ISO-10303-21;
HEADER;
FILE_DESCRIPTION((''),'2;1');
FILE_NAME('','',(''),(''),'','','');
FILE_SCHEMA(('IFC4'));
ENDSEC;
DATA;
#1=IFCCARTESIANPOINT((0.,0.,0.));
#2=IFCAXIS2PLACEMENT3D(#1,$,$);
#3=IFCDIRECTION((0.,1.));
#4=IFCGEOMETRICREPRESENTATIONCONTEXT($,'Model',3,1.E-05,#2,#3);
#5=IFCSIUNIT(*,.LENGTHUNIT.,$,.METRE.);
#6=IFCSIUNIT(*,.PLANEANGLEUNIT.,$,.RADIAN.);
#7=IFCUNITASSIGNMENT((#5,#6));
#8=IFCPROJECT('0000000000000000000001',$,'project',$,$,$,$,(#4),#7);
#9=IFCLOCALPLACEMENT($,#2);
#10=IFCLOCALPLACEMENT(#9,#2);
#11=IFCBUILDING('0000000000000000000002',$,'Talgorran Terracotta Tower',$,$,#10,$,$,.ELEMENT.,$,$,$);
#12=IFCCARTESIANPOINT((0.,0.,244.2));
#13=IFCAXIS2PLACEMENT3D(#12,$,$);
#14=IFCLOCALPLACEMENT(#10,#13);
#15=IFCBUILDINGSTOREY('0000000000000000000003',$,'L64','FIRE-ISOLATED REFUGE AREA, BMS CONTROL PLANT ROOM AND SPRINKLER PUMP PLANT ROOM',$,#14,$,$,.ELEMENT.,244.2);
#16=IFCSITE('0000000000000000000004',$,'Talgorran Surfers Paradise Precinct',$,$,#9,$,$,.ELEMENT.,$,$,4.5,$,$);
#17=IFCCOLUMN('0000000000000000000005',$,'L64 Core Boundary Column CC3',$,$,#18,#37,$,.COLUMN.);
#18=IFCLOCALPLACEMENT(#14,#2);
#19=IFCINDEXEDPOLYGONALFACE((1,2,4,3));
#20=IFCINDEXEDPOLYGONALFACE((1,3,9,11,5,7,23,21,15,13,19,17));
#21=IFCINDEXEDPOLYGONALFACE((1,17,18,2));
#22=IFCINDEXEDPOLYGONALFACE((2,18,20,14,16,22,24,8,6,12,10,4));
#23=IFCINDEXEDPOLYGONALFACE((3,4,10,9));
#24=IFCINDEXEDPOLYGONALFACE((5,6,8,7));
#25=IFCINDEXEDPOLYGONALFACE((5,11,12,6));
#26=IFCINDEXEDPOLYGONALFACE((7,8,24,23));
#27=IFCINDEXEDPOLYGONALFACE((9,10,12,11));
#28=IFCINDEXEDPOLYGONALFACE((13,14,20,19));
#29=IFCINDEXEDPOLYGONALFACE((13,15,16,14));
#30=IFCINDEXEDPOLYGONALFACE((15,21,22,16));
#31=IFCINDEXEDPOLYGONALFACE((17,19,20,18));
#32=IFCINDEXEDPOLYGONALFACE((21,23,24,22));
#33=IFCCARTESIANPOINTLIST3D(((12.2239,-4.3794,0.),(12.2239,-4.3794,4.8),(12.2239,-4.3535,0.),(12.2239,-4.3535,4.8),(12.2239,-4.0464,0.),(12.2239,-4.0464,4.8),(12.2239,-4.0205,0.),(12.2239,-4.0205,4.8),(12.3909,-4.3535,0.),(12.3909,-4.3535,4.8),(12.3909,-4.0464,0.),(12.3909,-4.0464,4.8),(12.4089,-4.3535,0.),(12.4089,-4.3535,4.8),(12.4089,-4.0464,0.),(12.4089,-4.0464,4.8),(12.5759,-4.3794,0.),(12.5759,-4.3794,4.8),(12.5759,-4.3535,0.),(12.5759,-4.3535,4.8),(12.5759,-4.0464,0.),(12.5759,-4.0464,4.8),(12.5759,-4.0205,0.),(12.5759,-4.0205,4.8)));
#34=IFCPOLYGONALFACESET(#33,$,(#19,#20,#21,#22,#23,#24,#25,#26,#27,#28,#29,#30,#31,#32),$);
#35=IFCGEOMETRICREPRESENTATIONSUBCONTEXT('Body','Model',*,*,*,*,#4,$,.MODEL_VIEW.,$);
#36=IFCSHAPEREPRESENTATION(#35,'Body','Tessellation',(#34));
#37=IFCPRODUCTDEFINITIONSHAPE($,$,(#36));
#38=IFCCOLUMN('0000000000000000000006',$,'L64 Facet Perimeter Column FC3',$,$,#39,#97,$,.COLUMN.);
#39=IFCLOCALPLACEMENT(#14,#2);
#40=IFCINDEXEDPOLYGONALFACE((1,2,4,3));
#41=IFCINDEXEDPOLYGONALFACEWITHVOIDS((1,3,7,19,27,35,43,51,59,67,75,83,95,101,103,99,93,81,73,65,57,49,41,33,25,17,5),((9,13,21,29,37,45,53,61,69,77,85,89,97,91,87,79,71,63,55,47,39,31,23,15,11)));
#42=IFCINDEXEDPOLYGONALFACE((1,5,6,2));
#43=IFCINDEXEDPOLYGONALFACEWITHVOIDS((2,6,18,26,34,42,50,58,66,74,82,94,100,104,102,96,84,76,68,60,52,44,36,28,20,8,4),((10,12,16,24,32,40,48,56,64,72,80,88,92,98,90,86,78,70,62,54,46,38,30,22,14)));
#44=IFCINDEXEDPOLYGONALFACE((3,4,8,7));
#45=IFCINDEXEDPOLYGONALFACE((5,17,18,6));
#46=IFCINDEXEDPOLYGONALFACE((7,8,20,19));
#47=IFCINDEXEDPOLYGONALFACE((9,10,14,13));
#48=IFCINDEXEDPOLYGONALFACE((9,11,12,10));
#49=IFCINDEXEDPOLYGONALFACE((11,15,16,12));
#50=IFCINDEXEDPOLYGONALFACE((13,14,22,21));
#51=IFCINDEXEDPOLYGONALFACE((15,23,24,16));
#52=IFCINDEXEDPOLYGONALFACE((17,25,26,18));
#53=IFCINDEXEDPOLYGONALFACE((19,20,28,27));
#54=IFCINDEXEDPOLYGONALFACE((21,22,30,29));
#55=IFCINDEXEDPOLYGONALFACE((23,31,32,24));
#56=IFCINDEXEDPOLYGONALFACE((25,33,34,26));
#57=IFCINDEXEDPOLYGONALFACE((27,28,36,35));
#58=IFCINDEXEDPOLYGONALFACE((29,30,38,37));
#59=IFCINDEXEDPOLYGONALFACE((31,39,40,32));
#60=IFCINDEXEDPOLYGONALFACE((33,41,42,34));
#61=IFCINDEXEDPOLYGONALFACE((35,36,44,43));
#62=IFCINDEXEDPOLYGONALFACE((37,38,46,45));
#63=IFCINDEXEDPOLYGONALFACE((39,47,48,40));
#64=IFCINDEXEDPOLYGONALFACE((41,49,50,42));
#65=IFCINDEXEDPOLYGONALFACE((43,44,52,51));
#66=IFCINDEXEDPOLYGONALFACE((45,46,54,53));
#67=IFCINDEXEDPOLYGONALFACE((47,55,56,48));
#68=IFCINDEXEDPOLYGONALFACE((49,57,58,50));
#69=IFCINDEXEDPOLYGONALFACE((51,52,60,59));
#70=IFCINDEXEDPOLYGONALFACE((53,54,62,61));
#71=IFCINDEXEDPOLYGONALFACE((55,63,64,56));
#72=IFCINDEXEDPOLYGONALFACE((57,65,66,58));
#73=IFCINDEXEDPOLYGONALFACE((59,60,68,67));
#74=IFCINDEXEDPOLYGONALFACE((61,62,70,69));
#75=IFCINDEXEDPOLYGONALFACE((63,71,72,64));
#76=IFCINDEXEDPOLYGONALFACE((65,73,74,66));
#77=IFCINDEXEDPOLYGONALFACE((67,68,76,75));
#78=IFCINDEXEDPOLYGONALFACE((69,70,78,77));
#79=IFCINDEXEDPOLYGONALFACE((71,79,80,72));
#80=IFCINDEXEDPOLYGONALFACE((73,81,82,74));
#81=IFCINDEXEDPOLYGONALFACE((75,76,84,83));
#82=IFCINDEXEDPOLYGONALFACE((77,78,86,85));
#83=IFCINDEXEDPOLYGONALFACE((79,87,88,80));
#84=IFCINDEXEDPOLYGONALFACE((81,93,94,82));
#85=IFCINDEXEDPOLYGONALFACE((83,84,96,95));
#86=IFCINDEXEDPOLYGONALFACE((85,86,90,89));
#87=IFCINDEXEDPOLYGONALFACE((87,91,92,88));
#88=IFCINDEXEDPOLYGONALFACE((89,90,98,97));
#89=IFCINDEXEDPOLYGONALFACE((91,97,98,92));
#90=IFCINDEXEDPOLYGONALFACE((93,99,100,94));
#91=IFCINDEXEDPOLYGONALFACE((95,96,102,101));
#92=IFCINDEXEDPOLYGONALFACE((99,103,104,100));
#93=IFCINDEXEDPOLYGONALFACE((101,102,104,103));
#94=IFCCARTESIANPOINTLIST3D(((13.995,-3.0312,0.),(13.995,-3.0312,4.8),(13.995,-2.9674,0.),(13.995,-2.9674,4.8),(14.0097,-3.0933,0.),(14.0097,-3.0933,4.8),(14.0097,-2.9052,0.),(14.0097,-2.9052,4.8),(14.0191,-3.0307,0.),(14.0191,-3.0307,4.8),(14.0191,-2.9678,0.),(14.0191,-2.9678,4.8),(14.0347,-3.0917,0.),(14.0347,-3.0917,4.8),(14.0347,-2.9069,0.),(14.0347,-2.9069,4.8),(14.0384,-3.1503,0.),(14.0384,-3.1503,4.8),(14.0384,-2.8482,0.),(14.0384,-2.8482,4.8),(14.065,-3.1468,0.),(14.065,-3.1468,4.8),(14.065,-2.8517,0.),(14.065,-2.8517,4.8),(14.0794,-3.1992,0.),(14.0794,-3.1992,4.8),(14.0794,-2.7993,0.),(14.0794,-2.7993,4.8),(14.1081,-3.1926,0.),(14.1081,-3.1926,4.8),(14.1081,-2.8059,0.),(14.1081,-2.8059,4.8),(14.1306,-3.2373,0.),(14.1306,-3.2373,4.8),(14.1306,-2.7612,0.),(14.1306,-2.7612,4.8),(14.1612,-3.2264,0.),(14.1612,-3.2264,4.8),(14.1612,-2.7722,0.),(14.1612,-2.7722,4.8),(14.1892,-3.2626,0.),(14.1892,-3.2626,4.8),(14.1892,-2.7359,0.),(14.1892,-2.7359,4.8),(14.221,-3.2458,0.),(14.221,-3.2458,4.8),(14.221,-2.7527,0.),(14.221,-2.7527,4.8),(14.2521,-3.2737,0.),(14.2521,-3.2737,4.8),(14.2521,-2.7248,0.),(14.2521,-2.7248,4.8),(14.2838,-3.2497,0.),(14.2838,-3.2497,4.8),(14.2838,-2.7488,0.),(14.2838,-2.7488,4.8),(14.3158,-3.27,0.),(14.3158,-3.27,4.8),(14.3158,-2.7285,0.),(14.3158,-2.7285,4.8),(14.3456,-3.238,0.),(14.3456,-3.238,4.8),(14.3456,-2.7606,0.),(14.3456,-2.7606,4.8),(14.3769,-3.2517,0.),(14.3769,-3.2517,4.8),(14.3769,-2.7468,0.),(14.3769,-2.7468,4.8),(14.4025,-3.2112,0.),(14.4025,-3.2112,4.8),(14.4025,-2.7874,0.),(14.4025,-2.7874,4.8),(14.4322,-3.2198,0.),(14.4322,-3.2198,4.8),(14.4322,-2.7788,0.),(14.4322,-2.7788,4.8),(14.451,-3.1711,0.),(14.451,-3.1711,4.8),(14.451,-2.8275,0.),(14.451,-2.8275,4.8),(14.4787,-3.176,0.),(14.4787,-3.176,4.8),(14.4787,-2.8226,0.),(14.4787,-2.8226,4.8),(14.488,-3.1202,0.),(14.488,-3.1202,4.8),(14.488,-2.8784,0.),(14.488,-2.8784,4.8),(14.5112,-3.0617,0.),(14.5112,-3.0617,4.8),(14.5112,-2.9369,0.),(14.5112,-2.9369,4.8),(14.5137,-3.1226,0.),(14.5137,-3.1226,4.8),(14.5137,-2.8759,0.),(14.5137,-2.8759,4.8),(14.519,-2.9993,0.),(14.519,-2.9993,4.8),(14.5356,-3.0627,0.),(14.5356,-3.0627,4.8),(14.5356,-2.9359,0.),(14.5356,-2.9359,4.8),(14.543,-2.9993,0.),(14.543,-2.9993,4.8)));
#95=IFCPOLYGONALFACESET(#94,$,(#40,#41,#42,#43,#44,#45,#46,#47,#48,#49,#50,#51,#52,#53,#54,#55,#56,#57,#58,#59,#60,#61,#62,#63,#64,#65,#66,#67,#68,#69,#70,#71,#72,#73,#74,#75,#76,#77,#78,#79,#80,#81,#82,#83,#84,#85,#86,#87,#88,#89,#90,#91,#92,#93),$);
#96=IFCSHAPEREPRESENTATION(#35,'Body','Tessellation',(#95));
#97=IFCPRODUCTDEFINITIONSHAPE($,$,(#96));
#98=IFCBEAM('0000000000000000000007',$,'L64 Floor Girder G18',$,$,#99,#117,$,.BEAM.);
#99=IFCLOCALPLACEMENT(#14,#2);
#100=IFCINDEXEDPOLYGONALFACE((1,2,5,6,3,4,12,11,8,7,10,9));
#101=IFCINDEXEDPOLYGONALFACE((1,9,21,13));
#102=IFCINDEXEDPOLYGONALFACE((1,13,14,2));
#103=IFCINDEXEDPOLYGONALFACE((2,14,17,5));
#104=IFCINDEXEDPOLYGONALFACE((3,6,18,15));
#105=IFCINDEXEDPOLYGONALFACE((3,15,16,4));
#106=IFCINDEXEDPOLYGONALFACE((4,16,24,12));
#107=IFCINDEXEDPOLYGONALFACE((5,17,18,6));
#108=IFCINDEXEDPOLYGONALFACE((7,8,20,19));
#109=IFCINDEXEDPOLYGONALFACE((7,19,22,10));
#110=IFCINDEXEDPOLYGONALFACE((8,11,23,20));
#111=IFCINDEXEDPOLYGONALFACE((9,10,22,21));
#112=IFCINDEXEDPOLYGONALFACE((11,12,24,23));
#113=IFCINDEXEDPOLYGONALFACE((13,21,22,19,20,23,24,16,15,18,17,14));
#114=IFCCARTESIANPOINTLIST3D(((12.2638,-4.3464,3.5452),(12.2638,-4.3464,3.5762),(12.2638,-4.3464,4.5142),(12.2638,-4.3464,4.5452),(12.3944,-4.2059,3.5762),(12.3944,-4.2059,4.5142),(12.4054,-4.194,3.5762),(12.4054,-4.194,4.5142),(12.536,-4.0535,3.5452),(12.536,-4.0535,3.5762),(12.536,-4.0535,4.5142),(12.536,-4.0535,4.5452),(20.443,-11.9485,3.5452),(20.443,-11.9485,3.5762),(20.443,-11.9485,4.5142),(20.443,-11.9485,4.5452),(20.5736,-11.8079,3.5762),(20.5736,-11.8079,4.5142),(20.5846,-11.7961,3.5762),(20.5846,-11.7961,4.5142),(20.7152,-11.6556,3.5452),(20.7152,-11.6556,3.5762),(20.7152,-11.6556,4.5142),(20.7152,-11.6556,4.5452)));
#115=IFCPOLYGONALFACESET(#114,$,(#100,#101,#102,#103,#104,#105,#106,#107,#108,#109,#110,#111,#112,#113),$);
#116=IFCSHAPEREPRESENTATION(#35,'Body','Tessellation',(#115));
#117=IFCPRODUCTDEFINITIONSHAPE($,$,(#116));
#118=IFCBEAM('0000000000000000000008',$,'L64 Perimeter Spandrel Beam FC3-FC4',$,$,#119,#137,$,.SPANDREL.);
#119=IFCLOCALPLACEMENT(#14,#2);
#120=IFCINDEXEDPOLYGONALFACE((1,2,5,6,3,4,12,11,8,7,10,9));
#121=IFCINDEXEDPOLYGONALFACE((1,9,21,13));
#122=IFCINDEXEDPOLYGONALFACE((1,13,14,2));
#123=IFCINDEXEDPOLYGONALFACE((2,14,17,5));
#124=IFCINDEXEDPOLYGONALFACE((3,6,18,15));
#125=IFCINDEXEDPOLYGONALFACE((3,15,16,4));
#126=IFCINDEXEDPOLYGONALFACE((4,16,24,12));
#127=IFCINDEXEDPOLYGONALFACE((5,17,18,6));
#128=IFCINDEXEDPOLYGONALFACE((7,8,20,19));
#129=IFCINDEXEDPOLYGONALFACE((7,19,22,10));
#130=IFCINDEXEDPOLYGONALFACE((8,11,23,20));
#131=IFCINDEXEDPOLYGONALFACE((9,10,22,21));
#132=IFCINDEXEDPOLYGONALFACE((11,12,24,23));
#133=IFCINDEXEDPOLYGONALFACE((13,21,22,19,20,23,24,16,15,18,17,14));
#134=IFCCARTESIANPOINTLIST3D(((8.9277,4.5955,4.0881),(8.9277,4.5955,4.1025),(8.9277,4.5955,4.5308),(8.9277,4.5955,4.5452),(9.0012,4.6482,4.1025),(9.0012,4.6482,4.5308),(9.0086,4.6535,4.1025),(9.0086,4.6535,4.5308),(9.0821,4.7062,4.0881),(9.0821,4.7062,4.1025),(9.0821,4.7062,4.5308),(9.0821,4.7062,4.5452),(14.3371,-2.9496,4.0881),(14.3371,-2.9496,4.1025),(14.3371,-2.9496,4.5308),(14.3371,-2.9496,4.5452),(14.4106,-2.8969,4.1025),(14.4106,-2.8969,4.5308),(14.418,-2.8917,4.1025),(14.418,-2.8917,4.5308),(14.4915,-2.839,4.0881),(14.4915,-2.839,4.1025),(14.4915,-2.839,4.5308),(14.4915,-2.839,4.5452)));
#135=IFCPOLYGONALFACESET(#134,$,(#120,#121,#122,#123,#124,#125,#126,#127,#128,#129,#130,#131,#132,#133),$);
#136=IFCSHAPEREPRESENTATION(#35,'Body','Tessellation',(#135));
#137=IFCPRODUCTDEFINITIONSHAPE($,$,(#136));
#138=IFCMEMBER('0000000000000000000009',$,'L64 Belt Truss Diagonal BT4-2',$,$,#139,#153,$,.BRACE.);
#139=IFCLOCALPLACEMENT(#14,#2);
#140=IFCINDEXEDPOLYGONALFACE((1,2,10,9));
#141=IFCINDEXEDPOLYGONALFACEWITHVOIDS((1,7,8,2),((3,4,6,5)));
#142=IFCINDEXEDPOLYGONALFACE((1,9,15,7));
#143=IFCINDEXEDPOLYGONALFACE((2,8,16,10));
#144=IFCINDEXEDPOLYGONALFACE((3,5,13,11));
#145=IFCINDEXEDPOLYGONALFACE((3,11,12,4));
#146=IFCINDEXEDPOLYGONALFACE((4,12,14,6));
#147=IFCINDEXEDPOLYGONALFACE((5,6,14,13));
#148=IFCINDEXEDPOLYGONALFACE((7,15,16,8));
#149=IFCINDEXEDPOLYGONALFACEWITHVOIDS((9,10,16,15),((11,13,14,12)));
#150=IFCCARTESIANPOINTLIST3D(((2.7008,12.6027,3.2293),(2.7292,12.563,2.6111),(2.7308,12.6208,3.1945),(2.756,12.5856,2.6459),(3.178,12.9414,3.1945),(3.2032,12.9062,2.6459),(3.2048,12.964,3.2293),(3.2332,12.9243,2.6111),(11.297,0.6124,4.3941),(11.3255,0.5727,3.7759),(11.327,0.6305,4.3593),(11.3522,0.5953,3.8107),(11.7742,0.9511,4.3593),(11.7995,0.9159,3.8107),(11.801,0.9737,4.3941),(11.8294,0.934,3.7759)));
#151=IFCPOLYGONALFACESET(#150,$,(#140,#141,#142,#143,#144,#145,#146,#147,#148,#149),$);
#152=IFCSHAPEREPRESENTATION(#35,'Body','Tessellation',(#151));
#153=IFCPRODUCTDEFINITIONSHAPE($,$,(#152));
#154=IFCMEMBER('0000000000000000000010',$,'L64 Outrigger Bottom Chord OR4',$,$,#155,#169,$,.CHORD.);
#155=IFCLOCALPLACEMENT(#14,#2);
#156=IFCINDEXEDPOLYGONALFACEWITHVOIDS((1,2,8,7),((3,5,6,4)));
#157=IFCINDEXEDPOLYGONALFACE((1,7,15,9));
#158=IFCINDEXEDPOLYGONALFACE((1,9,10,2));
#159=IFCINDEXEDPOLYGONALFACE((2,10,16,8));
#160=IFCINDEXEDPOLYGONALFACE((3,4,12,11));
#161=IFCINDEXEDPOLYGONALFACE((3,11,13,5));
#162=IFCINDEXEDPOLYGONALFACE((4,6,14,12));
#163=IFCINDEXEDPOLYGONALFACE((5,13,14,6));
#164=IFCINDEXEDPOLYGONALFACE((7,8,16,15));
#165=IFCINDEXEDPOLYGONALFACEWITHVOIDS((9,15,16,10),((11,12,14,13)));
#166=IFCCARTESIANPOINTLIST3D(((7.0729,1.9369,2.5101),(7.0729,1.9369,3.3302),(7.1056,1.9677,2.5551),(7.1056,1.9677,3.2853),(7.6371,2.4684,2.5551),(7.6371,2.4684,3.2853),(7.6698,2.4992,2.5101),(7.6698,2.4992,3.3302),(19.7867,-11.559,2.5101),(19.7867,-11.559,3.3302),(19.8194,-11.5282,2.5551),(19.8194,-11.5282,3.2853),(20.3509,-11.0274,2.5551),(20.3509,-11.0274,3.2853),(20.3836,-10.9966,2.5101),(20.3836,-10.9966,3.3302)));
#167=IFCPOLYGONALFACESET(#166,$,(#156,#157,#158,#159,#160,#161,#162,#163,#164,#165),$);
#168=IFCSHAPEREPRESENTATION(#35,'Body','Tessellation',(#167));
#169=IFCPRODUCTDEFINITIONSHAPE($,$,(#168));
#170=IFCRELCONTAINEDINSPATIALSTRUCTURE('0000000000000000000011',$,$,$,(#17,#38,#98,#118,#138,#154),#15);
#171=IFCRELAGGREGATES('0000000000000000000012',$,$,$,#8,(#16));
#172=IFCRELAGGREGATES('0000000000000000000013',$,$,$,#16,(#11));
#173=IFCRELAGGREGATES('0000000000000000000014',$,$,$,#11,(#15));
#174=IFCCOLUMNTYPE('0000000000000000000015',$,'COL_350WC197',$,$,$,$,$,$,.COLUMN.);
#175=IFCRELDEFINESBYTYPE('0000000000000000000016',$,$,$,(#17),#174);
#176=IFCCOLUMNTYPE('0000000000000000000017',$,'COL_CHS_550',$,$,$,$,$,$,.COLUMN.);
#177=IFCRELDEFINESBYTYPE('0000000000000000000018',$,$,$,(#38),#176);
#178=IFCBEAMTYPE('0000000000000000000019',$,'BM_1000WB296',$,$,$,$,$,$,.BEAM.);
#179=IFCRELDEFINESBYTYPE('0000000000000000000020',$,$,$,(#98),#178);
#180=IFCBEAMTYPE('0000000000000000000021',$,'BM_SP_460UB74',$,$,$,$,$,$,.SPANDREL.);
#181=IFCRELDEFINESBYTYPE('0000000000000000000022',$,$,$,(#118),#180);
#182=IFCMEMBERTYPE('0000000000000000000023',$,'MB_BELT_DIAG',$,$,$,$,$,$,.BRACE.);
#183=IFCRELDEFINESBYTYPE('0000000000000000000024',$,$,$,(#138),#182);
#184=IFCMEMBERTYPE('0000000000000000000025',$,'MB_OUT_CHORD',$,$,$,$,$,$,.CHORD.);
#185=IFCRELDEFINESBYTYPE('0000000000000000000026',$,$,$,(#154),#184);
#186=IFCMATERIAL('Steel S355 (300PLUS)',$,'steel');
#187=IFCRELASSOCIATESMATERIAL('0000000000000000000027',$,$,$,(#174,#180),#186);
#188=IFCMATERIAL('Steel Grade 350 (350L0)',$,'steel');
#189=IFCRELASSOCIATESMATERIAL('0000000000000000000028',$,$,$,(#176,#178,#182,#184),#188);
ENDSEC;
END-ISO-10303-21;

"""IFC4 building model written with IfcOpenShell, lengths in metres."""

from ifc_helpers import new_model, si_unit, direction, frame, origin, origin_2d, place, context, subcontext, project, spatial, hollow_rectangle, hollow_circle, i_section, extrude, material, material_profile, profile_set, type_object, element, save


model = new_model("IFC4")

# Units and contexts
model_context = context("Model", 3, precision=1e-05, world=origin(), true_north=direction((0.0, 1.0)))
body_context = subcontext(model_context, "Body", "Model", "MODEL_VIEW")
ifc_project = project(units=[si_unit("LENGTHUNIT", "METRE"), si_unit("PLANEANGLEUNIT", "RADIAN")], contexts=[model_context])

# Site, building, storey
site_placement = place(None, origin())
site = spatial("IfcSite", under=ifc_project, at=site_placement, Name="Talgorran Surfers Paradise Precinct", CompositionType="ELEMENT", RefElevation=4.5)
building_placement = place(site_placement, origin())
building = spatial("IfcBuilding", under=site, at=building_placement, Name="Talgorran Terracotta Tower", CompositionType="ELEMENT")
storey_placement = place(building_placement, frame((0.0, 0.0, 244.2)))
storey = spatial("IfcBuildingStorey", under=building, at=storey_placement, Name="L64", Description="FIRE-ISOLATED REFUGE AREA, BMS CONTROL PLANT ROOM AND SPRINKLER PUMP PLANT ROOM", CompositionType="ELEMENT", Elevation=244.2)

# Columns
ifc_material_1 = material(Name="Steel S355 (300PLUS)", Category="steel")
ifc_material_profile_1 = material_profile(ifc_material_1, i_section(OverallWidth=0.3521, OverallDepth=0.3589, WebThickness=0.0181, FlangeThickness=0.0259, at=origin_2d()), Name="350WC197")
ifc_profile_set_1 = profile_set([ifc_material_profile_1], Name="Steel S355 (300PLUS)")
column_type_1 = type_object("IfcColumnType", Name="COL_350WC197", PredefinedType="COLUMN", material=ifc_profile_set_1)
column_1_placement = place(storey_placement, frame((12.3999, -4.2, 0.0), z_axis=(0.0, 0.0, 1.0), x_axis=(1.0, 0.0, 0.0)))
element("IfcColumn", 1, at=column_1_placement, inside=storey, type_object=column_type_1, Name="L64 Core Boundary Column CC3", PredefinedType="COLUMN", context=body_context, shape_type="SweptSolid", body=[
    extrude(i_section(OverallWidth=0.3521, OverallDepth=0.3589, WebThickness=0.0181, FlangeThickness=0.0259, at=origin_2d()), origin(), (0.0, 0.0, 1.0), 4.8),
])
ifc_material_2 = material(Name="Steel Grade 350 (350L0)", Category="steel")
ifc_material_profile_2 = material_profile(ifc_material_2, hollow_circle(Radius=0.2749, WallThickness=0.0239, at=origin_2d()), Name="CHS550X24")
ifc_profile_set_2 = profile_set([ifc_material_profile_2], Name="Steel Grade 350 (350L0)")
column_type_2 = type_object("IfcColumnType", Name="COL_CHS_550", PredefinedType="COLUMN", material=ifc_profile_set_2)
column_2_placement = place(storey_placement, frame((14.2681, -2.9993, 0.0), z_axis=(0.0, 0.0, 1.0), x_axis=(1.0, 0.0, 0.0)))
element("IfcColumn", 2, at=column_2_placement, inside=storey, type_object=column_type_2, Name="L64 Facet Perimeter Column FC3", PredefinedType="COLUMN", context=body_context, shape_type="SweptSolid", body=[
    extrude(hollow_circle(Radius=0.2749, WallThickness=0.0239, at=origin_2d()), origin(), (0.0, 0.0, 1.0), 4.8),
])

# Beams
ifc_material_profile_3 = material_profile(ifc_material_2, i_section(OverallWidth=0.3999, OverallDepth=1.0, WebThickness=0.0161, FlangeThickness=0.031, at=origin_2d()), Name="1000WB296")
ifc_profile_set_3 = profile_set([ifc_material_profile_3], Name="Steel Grade 350 (350L0)")
beam_type_1 = type_object("IfcBeamType", Name="BM_1000WB296", PredefinedType="BEAM", material=ifc_profile_set_3)
beam_1_placement = place(storey_placement, frame((12.3999, -4.2, 4.0452), z_axis=(0.732477, -0.680792, 0.0), x_axis=(0.680792, 0.732477, 0.0)))
element("IfcBeam", 3, at=beam_1_placement, inside=storey, type_object=beam_type_1, Name="L64 Floor Girder G18", PredefinedType="BEAM", context=body_context, shape_type="SweptSolid", body=[
    extrude(i_section(OverallWidth=0.3999, OverallDepth=1.0, WebThickness=0.0161, FlangeThickness=0.031, at=origin_2d()), origin(), (0.0, 0.0, 1.0), 11.1665),
])
ifc_material_profile_4 = material_profile(ifc_material_1, i_section(OverallWidth=0.1899, OverallDepth=0.457, WebThickness=0.009, FlangeThickness=0.0144, at=origin_2d()), Name="460UB74.6")
ifc_profile_set_4 = profile_set([ifc_material_profile_4], Name="Steel S355 (300PLUS)")
beam_type_2 = type_object("IfcBeamType", Name="BM_SP_460UB74", PredefinedType="SPANDREL", material=ifc_profile_set_4)
beam_2_placement = place(storey_placement, frame((14.4143, -2.8943, 4.3167), z_axis=(-0.582665, 0.812712, 0.0), x_axis=(-0.812712, -0.582665, 0.0)))
element("IfcBeam", 4, at=beam_2_placement, inside=storey, type_object=beam_type_2, Name="L64 Perimeter Spandrel Beam FC3-FC4", PredefinedType="SPANDREL", context=body_context, shape_type="SweptSolid", body=[
    extrude(i_section(OverallWidth=0.1899, OverallDepth=0.457, WebThickness=0.009, FlangeThickness=0.0144, at=origin_2d()), origin(), (0.0, 0.0, 1.0), 9.2839),
])

# Members
ifc_material_profile_5 = material_profile(ifc_material_2, hollow_rectangle(XDim=0.6201, YDim=0.6201, WallThickness=0.0349, at=origin_2d()), Name="WBOX620X620X35")
ifc_profile_set_5 = profile_set([ifc_material_profile_5], Name="Steel Grade 350 (350L0)")
member_type_1 = type_object("IfcMemberType", Name="MB_BELT_DIAG", PredefinedType="BRACE", material=ifc_profile_set_5)
member_1_placement = place(storey_placement, frame((11.5632, 0.7732, 4.085), z_axis=(-0.580854, 0.810194, -0.078706), x_axis=(-0.812715, -0.582662, 0.0)))
element("IfcMember", 5, at=member_1_placement, inside=storey, type_object=member_type_1, Name="L64 Belt Truss Diagonal BT4-2", PredefinedType="BRACE", context=body_context, shape_type="SweptSolid", body=[
    extrude(hollow_rectangle(XDim=0.6201, YDim=0.6201, WallThickness=0.0349, at=origin_2d()), origin(), (0.0, 0.0, 1.0), 14.7993),
])
ifc_material_profile_6 = material_profile(ifc_material_2, hollow_rectangle(XDim=0.8201, YDim=0.8201, WallThickness=0.0449, at=origin_2d()), Name="WBOX820X820X45")
ifc_profile_set_6 = profile_set([ifc_material_profile_6], Name="Steel Grade 350 (350L0)")
member_type_2 = type_object("IfcMemberType", Name="MB_OUT_CHORD", PredefinedType="CHORD", material=ifc_profile_set_6)
member_2_placement = place(storey_placement, frame((7.3713, 2.218, 2.9202), z_axis=(0.685705, -0.72788, 0.0), x_axis=(0.72788, 0.685705, 0.0)))
element("IfcMember", 6, at=member_2_placement, inside=storey, type_object=member_type_2, Name="L64 Outrigger Bottom Chord OR4", PredefinedType="CHORD", context=body_context, shape_type="SweptSolid", body=[
    extrude(hollow_rectangle(XDim=0.8201, YDim=0.8201, WallThickness=0.0449, at=origin_2d()), origin(), (0.0, 0.0, 1.0), 18.5413),
])

save(model, "model.ifc")
